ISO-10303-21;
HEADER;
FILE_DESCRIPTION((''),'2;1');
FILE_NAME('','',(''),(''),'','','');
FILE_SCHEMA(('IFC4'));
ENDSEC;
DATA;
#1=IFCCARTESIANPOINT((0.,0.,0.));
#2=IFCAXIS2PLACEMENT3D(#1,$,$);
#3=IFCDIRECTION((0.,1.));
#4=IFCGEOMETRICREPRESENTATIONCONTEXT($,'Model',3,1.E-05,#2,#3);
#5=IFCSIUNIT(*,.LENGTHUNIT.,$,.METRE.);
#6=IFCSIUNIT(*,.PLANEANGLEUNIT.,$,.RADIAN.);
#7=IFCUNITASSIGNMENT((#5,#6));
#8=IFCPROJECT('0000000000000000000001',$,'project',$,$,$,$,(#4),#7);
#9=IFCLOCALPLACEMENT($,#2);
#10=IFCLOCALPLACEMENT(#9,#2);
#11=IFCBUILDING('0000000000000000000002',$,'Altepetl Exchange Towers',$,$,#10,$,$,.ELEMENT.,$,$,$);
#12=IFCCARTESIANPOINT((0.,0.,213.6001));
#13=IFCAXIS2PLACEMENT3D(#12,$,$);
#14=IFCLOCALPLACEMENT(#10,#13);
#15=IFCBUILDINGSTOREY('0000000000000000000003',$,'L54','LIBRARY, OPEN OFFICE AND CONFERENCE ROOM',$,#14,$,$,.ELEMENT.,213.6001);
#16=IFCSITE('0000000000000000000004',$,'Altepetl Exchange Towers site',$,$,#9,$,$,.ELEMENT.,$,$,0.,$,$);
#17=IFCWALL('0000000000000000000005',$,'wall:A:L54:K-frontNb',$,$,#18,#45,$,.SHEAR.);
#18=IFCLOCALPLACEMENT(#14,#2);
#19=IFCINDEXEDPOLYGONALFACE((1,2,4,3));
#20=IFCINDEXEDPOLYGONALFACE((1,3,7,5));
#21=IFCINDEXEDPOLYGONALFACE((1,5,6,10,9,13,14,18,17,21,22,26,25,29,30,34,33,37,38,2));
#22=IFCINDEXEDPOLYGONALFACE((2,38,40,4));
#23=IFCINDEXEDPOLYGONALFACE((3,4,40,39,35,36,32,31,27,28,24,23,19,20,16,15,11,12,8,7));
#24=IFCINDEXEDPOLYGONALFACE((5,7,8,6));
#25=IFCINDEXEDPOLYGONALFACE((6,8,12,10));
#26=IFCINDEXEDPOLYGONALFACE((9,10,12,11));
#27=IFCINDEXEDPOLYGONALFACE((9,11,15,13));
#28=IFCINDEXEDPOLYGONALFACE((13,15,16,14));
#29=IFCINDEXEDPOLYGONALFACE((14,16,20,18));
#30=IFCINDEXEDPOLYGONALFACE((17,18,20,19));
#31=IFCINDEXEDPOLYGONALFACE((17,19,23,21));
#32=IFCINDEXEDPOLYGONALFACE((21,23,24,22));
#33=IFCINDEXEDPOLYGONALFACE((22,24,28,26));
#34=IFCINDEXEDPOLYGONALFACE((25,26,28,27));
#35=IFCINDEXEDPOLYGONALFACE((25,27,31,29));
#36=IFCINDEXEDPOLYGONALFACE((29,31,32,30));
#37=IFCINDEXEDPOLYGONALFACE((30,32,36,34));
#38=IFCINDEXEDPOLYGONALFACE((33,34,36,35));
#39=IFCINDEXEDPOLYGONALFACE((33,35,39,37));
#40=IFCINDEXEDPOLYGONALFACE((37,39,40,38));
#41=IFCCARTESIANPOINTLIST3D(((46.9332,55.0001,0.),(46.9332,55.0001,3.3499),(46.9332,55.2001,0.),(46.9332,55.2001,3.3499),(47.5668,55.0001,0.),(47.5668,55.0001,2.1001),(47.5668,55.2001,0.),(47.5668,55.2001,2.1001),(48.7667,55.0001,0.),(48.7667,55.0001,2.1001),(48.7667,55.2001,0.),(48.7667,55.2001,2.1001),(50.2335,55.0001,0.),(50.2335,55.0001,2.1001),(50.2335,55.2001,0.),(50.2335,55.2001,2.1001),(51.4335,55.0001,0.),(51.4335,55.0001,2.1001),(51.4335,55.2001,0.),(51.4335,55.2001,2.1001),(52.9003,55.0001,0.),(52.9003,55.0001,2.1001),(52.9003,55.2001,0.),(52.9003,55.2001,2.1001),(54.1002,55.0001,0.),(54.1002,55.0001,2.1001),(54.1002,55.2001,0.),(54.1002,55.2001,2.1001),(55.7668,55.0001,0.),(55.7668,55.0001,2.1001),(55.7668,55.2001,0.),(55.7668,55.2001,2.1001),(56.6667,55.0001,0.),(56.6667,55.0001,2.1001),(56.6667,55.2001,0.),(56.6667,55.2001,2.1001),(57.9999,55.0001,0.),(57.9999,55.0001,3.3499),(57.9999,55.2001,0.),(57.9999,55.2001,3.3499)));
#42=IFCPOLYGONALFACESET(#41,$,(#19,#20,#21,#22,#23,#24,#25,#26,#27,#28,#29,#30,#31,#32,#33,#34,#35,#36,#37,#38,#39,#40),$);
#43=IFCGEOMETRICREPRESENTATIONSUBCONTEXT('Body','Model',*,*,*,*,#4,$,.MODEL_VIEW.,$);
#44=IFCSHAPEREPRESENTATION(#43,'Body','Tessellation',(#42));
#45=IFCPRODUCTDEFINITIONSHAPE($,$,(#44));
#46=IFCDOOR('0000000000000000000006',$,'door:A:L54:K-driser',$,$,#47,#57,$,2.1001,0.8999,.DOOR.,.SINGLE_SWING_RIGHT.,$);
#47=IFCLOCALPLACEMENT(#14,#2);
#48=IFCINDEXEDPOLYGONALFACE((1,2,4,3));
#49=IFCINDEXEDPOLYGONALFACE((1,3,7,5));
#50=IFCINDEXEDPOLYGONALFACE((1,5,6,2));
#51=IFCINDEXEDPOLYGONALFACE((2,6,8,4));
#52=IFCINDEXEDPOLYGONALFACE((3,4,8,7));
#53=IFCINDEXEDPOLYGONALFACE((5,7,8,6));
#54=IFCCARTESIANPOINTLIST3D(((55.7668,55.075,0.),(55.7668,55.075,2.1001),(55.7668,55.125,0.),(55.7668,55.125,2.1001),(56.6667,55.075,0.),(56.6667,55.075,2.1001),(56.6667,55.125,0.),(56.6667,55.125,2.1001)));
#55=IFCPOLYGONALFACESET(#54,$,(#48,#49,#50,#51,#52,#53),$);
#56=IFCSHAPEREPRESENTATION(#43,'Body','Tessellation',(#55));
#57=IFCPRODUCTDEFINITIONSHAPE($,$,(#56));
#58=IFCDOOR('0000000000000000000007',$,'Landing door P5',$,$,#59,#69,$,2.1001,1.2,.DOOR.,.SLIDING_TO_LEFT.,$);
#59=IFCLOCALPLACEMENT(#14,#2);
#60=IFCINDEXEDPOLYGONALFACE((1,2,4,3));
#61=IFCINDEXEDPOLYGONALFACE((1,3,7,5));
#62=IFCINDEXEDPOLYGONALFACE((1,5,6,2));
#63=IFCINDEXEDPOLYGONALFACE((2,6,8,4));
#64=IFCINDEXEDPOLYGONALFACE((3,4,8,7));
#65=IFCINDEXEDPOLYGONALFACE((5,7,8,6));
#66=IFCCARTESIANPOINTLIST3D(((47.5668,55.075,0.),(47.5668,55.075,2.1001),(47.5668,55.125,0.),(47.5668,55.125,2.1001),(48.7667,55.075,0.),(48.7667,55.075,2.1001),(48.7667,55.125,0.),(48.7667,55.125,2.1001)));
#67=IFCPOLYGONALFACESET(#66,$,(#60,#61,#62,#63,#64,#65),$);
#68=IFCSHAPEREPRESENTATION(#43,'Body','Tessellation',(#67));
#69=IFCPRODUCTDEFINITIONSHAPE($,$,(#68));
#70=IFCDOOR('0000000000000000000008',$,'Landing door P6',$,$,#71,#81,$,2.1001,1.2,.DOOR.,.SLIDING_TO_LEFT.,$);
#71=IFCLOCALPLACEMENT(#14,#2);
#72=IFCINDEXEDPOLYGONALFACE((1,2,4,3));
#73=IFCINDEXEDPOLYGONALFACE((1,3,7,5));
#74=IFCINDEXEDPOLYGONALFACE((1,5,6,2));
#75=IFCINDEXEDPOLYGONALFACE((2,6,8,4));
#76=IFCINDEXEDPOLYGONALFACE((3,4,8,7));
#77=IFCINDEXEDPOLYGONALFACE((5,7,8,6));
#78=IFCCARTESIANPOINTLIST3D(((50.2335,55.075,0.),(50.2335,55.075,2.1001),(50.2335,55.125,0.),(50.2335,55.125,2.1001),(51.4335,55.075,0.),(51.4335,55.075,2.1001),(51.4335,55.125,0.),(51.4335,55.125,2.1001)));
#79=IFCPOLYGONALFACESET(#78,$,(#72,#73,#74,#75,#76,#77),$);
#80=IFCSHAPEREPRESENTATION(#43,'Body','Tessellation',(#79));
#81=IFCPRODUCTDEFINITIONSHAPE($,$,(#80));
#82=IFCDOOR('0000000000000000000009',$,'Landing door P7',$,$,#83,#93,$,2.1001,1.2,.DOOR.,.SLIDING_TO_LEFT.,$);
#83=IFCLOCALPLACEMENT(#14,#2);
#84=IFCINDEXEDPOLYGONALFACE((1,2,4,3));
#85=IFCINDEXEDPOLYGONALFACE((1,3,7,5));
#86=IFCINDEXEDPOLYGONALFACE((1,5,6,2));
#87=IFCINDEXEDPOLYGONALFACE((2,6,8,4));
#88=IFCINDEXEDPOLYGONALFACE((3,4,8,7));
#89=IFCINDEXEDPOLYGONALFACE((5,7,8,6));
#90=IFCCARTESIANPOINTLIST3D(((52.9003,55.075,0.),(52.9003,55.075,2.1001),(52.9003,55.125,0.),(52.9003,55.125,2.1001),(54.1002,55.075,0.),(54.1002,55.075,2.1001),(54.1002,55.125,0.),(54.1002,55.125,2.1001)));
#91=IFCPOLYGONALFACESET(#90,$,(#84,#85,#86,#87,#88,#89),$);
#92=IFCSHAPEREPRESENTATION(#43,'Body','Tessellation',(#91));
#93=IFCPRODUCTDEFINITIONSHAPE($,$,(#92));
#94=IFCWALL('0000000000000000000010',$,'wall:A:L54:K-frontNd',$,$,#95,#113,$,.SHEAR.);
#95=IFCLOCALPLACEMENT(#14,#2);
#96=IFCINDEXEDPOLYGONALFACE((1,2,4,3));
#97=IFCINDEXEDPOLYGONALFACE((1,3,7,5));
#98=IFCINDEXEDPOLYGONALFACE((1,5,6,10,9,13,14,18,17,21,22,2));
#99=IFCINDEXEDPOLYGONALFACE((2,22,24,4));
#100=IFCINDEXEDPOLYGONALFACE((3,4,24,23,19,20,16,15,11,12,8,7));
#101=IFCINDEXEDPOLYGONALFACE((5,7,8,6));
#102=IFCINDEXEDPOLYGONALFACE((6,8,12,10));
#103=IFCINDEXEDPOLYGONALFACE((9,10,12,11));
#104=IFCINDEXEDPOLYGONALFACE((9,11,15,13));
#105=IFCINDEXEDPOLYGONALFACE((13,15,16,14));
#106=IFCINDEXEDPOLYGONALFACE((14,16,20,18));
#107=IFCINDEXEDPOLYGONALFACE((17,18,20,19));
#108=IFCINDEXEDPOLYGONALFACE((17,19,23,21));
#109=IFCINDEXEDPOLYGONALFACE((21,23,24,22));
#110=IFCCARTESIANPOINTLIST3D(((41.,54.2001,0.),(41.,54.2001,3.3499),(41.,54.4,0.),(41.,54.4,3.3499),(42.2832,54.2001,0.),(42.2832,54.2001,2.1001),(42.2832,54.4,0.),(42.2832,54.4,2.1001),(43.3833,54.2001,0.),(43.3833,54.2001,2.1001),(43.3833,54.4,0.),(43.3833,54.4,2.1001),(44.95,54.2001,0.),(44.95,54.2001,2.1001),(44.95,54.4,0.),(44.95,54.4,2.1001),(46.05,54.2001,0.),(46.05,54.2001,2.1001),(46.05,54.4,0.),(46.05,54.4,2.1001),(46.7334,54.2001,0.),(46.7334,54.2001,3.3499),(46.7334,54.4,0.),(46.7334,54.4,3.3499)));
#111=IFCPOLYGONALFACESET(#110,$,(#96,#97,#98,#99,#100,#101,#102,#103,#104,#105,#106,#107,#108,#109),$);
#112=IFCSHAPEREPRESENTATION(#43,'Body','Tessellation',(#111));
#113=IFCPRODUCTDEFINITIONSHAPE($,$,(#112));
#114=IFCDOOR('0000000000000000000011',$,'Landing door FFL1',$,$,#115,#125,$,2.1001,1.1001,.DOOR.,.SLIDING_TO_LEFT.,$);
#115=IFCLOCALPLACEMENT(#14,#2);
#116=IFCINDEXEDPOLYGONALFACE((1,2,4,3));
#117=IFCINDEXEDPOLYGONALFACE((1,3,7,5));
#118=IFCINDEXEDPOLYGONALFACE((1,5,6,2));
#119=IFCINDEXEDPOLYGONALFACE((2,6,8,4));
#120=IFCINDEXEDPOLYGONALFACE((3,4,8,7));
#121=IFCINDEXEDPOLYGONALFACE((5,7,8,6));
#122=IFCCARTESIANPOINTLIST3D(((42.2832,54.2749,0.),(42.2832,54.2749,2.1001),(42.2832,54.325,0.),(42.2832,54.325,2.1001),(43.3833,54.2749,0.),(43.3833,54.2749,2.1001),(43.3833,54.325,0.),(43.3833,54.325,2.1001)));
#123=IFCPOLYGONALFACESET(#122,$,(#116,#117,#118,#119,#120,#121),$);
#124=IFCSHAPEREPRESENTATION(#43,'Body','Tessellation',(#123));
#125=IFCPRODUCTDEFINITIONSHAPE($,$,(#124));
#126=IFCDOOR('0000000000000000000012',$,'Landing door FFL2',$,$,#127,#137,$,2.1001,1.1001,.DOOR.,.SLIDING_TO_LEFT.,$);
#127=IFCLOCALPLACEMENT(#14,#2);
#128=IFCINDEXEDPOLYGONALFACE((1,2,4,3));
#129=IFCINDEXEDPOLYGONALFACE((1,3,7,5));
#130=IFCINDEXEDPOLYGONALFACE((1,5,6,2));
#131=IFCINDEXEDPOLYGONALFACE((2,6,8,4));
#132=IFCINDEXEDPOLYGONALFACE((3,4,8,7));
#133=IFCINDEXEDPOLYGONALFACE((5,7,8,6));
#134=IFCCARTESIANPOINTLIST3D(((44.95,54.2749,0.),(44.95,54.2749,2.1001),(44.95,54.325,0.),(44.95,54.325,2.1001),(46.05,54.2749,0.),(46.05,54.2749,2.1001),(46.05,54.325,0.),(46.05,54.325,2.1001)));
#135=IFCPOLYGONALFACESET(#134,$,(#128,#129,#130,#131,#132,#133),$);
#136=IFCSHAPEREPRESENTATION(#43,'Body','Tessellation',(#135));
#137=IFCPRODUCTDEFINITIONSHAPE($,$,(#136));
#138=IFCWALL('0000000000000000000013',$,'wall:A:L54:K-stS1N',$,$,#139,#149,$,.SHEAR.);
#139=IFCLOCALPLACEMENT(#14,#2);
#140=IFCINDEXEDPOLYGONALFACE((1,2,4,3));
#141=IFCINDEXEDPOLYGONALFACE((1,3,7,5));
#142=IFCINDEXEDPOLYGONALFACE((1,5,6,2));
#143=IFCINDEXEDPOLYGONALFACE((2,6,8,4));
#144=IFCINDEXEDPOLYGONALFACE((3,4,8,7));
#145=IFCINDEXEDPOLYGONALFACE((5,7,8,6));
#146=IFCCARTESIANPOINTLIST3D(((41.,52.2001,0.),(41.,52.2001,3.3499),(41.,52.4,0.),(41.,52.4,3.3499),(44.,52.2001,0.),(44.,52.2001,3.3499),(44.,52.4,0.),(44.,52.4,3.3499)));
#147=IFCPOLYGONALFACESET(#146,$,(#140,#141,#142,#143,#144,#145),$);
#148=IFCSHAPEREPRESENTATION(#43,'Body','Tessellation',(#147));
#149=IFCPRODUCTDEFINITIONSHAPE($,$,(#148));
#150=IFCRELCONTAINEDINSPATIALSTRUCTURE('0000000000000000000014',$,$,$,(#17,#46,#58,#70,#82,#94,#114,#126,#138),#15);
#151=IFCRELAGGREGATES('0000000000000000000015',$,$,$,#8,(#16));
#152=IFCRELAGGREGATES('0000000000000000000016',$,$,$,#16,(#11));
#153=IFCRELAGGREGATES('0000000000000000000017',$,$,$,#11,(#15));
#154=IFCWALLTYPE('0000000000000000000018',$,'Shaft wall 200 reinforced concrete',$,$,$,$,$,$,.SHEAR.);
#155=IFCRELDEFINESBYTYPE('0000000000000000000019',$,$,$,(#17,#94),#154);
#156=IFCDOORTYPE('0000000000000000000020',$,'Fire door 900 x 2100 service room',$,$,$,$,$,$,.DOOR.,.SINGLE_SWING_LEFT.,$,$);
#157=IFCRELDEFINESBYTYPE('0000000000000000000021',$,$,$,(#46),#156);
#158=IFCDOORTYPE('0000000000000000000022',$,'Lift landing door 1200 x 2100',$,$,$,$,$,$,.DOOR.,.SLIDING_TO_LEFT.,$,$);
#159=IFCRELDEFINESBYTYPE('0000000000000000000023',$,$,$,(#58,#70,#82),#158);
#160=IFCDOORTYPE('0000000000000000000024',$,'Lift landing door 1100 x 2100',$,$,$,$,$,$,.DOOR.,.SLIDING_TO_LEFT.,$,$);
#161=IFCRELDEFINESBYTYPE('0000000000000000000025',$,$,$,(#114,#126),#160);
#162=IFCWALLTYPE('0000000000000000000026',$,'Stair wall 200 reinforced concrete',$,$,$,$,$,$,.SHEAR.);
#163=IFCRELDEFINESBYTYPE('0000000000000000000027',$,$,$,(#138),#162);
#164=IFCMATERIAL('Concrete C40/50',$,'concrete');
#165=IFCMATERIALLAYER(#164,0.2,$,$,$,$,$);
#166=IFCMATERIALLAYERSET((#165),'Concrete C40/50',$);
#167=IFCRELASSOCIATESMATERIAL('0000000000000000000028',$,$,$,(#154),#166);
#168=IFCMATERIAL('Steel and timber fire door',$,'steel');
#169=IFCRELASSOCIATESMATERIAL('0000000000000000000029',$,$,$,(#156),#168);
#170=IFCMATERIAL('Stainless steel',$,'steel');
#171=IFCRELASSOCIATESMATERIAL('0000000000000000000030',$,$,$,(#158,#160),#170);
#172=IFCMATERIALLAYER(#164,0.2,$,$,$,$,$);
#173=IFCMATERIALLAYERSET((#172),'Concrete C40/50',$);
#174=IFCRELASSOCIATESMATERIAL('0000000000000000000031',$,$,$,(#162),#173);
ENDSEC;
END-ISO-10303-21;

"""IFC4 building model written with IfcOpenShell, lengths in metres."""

from ifc_helpers import new_model, si_unit, direction, frame, frame_2d, origin, place, context, subcontext, project, spatial, rectangle, extrude, material, layer, layer_set, type_object, element, fill, save


model = new_model("IFC4")

# Units and contexts
model_context = context("Model", 3, precision=1e-05, world=origin(), true_north=direction((0.0, 1.0)))
body_context = subcontext(model_context, "Body", "Model", "MODEL_VIEW")
ifc_project = project(units=[si_unit("LENGTHUNIT", "METRE"), si_unit("PLANEANGLEUNIT", "RADIAN")], contexts=[model_context])

# Site, building, storey
site_placement = place(None, origin())
site = spatial("IfcSite", under=ifc_project, at=site_placement, Name="Altepetl Exchange Towers site", CompositionType="ELEMENT", RefElevation=0.0)
building_placement = place(site_placement, origin())
building = spatial("IfcBuilding", under=site, at=building_placement, Name="Altepetl Exchange Towers", CompositionType="ELEMENT")
storey_placement = place(building_placement, frame((0.0, 0.0, 213.6001)))
storey = spatial("IfcBuildingStorey", under=building, at=storey_placement, Name="L54", Description="LIBRARY, OPEN OFFICE AND CONFERENCE ROOM", CompositionType="ELEMENT", Elevation=213.6001)

# Shared definitions
ifc_material_1 = material(Name="Steel and timber fire door", Category="steel")

# Shared definitions
ifc_material_2 = material(Name="Concrete C40/50", Category="concrete")
ifc_layer_1 = layer(ifc_material_2, 0.2)
ifc_layer_set_1 = layer_set([ifc_layer_1], Name="Concrete C40/50")
wall_type_1 = type_object("IfcWallType", Name="Shaft wall 200 reinforced concrete", PredefinedType="SHEAR", material=ifc_layer_set_1)

# Walls, openings, doors
wall_1_placement = place(storey_placement, frame((46.9333, 55.1001, 0.0)))
wall_1 = element("IfcWall", 1, at=wall_1_placement, inside=storey, type_object=wall_type_1, Name="wall:A:L54:K-frontNb", PredefinedType="SHEAR", context=body_context, shape_type="SweptSolid", body=[
    extrude(rectangle(XDim=11.0667, YDim=0.2, at=frame_2d((5.5332, 0.0))), origin(), (0.0, 0.0, 1.0), 3.3499),
])
opening_1_placement = place(wall_1_placement, frame((8.8335, 0.0, 0.0)))
opening_1 = element("IfcOpeningElement", 2, at=opening_1_placement, cuts=wall_1, PredefinedType="OPENING", context=body_context, shape_type="SweptSolid", body=[
    extrude(rectangle(XDim=0.8999, YDim=2.1001, at=frame_2d((0.45, 1.05))), frame((0.0, 0.1099, 0.0), z_axis=(0.0, -1.0, 0.0), x_axis=(1.0, 0.0, 0.0)), (0.0, 0.0, 1.0), 0.22),
])
opening_2_placement = place(wall_1_placement, frame((0.6333, 0.0, 0.0)))
opening_2 = element("IfcOpeningElement", 3, at=opening_2_placement, cuts=wall_1, PredefinedType="OPENING", context=body_context, shape_type="SweptSolid", body=[
    extrude(rectangle(XDim=1.2, YDim=2.1001, at=frame_2d((0.6001, 1.05))), frame((0.0, 0.1099, 0.0), z_axis=(0.0, -1.0, 0.0), x_axis=(1.0, 0.0, 0.0)), (0.0, 0.0, 1.0), 0.22),
])
opening_3_placement = place(wall_1_placement, frame((3.3, 0.0, 0.0)))
opening_3 = element("IfcOpeningElement", 4, at=opening_3_placement, cuts=wall_1, PredefinedType="OPENING", context=body_context, shape_type="SweptSolid", body=[
    extrude(rectangle(XDim=1.2, YDim=2.1001, at=frame_2d((0.6001, 1.05))), frame((0.0, 0.1099, 0.0), z_axis=(0.0, -1.0, 0.0), x_axis=(1.0, 0.0, 0.0)), (0.0, 0.0, 1.0), 0.22),
])
opening_4_placement = place(wall_1_placement, frame((5.9668, 0.0, 0.0)))
opening_4 = element("IfcOpeningElement", 5, at=opening_4_placement, cuts=wall_1, PredefinedType="OPENING", context=body_context, shape_type="SweptSolid", body=[
    extrude(rectangle(XDim=1.2, YDim=2.1001, at=frame_2d((0.6001, 1.05))), frame((0.0, 0.1099, 0.0), z_axis=(0.0, -1.0, 0.0), x_axis=(1.0, 0.0, 0.0)), (0.0, 0.0, 1.0), 0.22),
])
door_type_1 = type_object("IfcDoorType", Name="Fire door 900 x 2100 service room", OperationType="SINGLE_SWING_LEFT", PredefinedType="DOOR", material=ifc_material_1)
door_1_placement = place(opening_1_placement, origin())
door_1 = element("IfcDoor", 6, at=door_1_placement, inside=storey, type_object=door_type_1, Name="door:A:L54:K-driser", OperationType="SINGLE_SWING_RIGHT", OverallHeight=2.1001, OverallWidth=0.8999, PredefinedType="DOOR", context=body_context, shape_type="SweptSolid", body=[
    extrude(rectangle(XDim=0.8999, YDim=2.1001, at=frame_2d((0.45, 1.05))), frame((0.0, 0.0249, 0.0), z_axis=(0.0, -1.0, 0.0), x_axis=(1.0, 0.0, 0.0)), (0.0, 0.0, 1.0), 0.05),
])
fill(opening_1, door_1)
ifc_material_3 = material(Name="Stainless steel", Category="steel")
door_type_2 = type_object("IfcDoorType", Name="Lift landing door 1200 x 2100", OperationType="SLIDING_TO_LEFT", PredefinedType="DOOR", material=ifc_material_3)
door_2_placement = place(opening_2_placement, origin())
door_2 = element("IfcDoor", 7, at=door_2_placement, inside=storey, type_object=door_type_2, Name="Landing door P5", OperationType="SLIDING_TO_LEFT", OverallHeight=2.1001, OverallWidth=1.2, PredefinedType="DOOR", context=body_context, shape_type="SweptSolid", body=[
    extrude(rectangle(XDim=1.2, YDim=2.1001, at=frame_2d((0.6001, 1.05))), frame((0.0, 0.0249, 0.0), z_axis=(0.0, -1.0, 0.0), x_axis=(1.0, 0.0, 0.0)), (0.0, 0.0, 1.0), 0.05),
])
fill(opening_2, door_2)
door_3_placement = place(opening_3_placement, origin())
door_3 = element("IfcDoor", 8, at=door_3_placement, inside=storey, type_object=door_type_2, Name="Landing door P6", OperationType="SLIDING_TO_LEFT", OverallHeight=2.1001, OverallWidth=1.2, PredefinedType="DOOR", context=body_context, shape_type="SweptSolid", body=[
    extrude(rectangle(XDim=1.2, YDim=2.1001, at=frame_2d((0.6001, 1.05))), frame((0.0, 0.0249, 0.0), z_axis=(0.0, -1.0, 0.0), x_axis=(1.0, 0.0, 0.0)), (0.0, 0.0, 1.0), 0.05),
])
fill(opening_3, door_3)
door_4_placement = place(opening_4_placement, origin())
door_4 = element("IfcDoor", 9, at=door_4_placement, inside=storey, type_object=door_type_2, Name="Landing door P7", OperationType="SLIDING_TO_LEFT", OverallHeight=2.1001, OverallWidth=1.2, PredefinedType="DOOR", context=body_context, shape_type="SweptSolid", body=[
    extrude(rectangle(XDim=1.2, YDim=2.1001, at=frame_2d((0.6001, 1.05))), frame((0.0, 0.0249, 0.0), z_axis=(0.0, -1.0, 0.0), x_axis=(1.0, 0.0, 0.0)), (0.0, 0.0, 1.0), 0.05),
])
fill(opening_4, door_4)
wall_2_placement = place(storey_placement, frame((41.0, 54.3, 0.0)))
wall_2 = element("IfcWall", 10, at=wall_2_placement, inside=storey, type_object=wall_type_1, Name="wall:A:L54:K-frontNd", PredefinedType="SHEAR", context=body_context, shape_type="SweptSolid", body=[
    extrude(rectangle(XDim=5.7334, YDim=0.2, at=frame_2d((2.8667, 0.0))), origin(), (0.0, 0.0, 1.0), 3.3499),
])
opening_5_placement = place(wall_2_placement, frame((1.2832, 0.0, 0.0)))
opening_5 = element("IfcOpeningElement", 11, at=opening_5_placement, cuts=wall_2, PredefinedType="OPENING", context=body_context, shape_type="SweptSolid", body=[
    extrude(rectangle(XDim=1.1001, YDim=2.1001, at=frame_2d((0.55, 1.05))), frame((0.0, 0.1099, 0.0), z_axis=(0.0, -1.0, 0.0), x_axis=(1.0, 0.0, 0.0)), (0.0, 0.0, 1.0), 0.22),
])
opening_6_placement = place(wall_2_placement, frame((3.95, 0.0, 0.0)))
opening_6 = element("IfcOpeningElement", 12, at=opening_6_placement, cuts=wall_2, PredefinedType="OPENING", context=body_context, shape_type="SweptSolid", body=[
    extrude(rectangle(XDim=1.1001, YDim=2.1001, at=frame_2d((0.55, 1.05))), frame((0.0, 0.1099, 0.0), z_axis=(0.0, -1.0, 0.0), x_axis=(1.0, 0.0, 0.0)), (0.0, 0.0, 1.0), 0.22),
])
door_type_3 = type_object("IfcDoorType", Name="Lift landing door 1100 x 2100", OperationType="SLIDING_TO_LEFT", PredefinedType="DOOR", material=ifc_material_3)
door_5_placement = place(opening_5_placement, origin())
door_5 = element("IfcDoor", 13, at=door_5_placement, inside=storey, type_object=door_type_3, Name="Landing door FFL1", OperationType="SLIDING_TO_LEFT", OverallHeight=2.1001, OverallWidth=1.1001, PredefinedType="DOOR", context=body_context, shape_type="SweptSolid", body=[
    extrude(rectangle(XDim=1.1001, YDim=2.1001, at=frame_2d((0.55, 1.05))), frame((0.0, 0.0249, 0.0), z_axis=(0.0, -1.0, 0.0), x_axis=(1.0, 0.0, 0.0)), (0.0, 0.0, 1.0), 0.05),
])
fill(opening_5, door_5)
door_6_placement = place(opening_6_placement, origin())
door_6 = element("IfcDoor", 14, at=door_6_placement, inside=storey, type_object=door_type_3, Name="Landing door FFL2", OperationType="SLIDING_TO_LEFT", OverallHeight=2.1001, OverallWidth=1.1001, PredefinedType="DOOR", context=body_context, shape_type="SweptSolid", body=[
    extrude(rectangle(XDim=1.1001, YDim=2.1001, at=frame_2d((0.55, 1.05))), frame((0.0, 0.0249, 0.0), z_axis=(0.0, -1.0, 0.0), x_axis=(1.0, 0.0, 0.0)), (0.0, 0.0, 1.0), 0.05),
])
fill(opening_6, door_6)

# Wall
ifc_layer_2 = layer(ifc_material_2, 0.2)
ifc_layer_set_2 = layer_set([ifc_layer_2], Name="Concrete C40/50")
wall_type_2 = type_object("IfcWallType", Name="Stair wall 200 reinforced concrete", PredefinedType="SHEAR", material=ifc_layer_set_2)
wall_3_placement = place(storey_placement, frame((41.0, 52.3, 0.0)))
element("IfcWall", 15, at=wall_3_placement, inside=storey, type_object=wall_type_2, Name="wall:A:L54:K-stS1N", PredefinedType="SHEAR", context=body_context, shape_type="SweptSolid", body=[
    extrude(rectangle(XDim=3.0, YDim=0.2, at=frame_2d((1.5, 0.0))), origin(), (0.0, 0.0, 1.0), 3.3499),
])

save(model, "model.ifc")
